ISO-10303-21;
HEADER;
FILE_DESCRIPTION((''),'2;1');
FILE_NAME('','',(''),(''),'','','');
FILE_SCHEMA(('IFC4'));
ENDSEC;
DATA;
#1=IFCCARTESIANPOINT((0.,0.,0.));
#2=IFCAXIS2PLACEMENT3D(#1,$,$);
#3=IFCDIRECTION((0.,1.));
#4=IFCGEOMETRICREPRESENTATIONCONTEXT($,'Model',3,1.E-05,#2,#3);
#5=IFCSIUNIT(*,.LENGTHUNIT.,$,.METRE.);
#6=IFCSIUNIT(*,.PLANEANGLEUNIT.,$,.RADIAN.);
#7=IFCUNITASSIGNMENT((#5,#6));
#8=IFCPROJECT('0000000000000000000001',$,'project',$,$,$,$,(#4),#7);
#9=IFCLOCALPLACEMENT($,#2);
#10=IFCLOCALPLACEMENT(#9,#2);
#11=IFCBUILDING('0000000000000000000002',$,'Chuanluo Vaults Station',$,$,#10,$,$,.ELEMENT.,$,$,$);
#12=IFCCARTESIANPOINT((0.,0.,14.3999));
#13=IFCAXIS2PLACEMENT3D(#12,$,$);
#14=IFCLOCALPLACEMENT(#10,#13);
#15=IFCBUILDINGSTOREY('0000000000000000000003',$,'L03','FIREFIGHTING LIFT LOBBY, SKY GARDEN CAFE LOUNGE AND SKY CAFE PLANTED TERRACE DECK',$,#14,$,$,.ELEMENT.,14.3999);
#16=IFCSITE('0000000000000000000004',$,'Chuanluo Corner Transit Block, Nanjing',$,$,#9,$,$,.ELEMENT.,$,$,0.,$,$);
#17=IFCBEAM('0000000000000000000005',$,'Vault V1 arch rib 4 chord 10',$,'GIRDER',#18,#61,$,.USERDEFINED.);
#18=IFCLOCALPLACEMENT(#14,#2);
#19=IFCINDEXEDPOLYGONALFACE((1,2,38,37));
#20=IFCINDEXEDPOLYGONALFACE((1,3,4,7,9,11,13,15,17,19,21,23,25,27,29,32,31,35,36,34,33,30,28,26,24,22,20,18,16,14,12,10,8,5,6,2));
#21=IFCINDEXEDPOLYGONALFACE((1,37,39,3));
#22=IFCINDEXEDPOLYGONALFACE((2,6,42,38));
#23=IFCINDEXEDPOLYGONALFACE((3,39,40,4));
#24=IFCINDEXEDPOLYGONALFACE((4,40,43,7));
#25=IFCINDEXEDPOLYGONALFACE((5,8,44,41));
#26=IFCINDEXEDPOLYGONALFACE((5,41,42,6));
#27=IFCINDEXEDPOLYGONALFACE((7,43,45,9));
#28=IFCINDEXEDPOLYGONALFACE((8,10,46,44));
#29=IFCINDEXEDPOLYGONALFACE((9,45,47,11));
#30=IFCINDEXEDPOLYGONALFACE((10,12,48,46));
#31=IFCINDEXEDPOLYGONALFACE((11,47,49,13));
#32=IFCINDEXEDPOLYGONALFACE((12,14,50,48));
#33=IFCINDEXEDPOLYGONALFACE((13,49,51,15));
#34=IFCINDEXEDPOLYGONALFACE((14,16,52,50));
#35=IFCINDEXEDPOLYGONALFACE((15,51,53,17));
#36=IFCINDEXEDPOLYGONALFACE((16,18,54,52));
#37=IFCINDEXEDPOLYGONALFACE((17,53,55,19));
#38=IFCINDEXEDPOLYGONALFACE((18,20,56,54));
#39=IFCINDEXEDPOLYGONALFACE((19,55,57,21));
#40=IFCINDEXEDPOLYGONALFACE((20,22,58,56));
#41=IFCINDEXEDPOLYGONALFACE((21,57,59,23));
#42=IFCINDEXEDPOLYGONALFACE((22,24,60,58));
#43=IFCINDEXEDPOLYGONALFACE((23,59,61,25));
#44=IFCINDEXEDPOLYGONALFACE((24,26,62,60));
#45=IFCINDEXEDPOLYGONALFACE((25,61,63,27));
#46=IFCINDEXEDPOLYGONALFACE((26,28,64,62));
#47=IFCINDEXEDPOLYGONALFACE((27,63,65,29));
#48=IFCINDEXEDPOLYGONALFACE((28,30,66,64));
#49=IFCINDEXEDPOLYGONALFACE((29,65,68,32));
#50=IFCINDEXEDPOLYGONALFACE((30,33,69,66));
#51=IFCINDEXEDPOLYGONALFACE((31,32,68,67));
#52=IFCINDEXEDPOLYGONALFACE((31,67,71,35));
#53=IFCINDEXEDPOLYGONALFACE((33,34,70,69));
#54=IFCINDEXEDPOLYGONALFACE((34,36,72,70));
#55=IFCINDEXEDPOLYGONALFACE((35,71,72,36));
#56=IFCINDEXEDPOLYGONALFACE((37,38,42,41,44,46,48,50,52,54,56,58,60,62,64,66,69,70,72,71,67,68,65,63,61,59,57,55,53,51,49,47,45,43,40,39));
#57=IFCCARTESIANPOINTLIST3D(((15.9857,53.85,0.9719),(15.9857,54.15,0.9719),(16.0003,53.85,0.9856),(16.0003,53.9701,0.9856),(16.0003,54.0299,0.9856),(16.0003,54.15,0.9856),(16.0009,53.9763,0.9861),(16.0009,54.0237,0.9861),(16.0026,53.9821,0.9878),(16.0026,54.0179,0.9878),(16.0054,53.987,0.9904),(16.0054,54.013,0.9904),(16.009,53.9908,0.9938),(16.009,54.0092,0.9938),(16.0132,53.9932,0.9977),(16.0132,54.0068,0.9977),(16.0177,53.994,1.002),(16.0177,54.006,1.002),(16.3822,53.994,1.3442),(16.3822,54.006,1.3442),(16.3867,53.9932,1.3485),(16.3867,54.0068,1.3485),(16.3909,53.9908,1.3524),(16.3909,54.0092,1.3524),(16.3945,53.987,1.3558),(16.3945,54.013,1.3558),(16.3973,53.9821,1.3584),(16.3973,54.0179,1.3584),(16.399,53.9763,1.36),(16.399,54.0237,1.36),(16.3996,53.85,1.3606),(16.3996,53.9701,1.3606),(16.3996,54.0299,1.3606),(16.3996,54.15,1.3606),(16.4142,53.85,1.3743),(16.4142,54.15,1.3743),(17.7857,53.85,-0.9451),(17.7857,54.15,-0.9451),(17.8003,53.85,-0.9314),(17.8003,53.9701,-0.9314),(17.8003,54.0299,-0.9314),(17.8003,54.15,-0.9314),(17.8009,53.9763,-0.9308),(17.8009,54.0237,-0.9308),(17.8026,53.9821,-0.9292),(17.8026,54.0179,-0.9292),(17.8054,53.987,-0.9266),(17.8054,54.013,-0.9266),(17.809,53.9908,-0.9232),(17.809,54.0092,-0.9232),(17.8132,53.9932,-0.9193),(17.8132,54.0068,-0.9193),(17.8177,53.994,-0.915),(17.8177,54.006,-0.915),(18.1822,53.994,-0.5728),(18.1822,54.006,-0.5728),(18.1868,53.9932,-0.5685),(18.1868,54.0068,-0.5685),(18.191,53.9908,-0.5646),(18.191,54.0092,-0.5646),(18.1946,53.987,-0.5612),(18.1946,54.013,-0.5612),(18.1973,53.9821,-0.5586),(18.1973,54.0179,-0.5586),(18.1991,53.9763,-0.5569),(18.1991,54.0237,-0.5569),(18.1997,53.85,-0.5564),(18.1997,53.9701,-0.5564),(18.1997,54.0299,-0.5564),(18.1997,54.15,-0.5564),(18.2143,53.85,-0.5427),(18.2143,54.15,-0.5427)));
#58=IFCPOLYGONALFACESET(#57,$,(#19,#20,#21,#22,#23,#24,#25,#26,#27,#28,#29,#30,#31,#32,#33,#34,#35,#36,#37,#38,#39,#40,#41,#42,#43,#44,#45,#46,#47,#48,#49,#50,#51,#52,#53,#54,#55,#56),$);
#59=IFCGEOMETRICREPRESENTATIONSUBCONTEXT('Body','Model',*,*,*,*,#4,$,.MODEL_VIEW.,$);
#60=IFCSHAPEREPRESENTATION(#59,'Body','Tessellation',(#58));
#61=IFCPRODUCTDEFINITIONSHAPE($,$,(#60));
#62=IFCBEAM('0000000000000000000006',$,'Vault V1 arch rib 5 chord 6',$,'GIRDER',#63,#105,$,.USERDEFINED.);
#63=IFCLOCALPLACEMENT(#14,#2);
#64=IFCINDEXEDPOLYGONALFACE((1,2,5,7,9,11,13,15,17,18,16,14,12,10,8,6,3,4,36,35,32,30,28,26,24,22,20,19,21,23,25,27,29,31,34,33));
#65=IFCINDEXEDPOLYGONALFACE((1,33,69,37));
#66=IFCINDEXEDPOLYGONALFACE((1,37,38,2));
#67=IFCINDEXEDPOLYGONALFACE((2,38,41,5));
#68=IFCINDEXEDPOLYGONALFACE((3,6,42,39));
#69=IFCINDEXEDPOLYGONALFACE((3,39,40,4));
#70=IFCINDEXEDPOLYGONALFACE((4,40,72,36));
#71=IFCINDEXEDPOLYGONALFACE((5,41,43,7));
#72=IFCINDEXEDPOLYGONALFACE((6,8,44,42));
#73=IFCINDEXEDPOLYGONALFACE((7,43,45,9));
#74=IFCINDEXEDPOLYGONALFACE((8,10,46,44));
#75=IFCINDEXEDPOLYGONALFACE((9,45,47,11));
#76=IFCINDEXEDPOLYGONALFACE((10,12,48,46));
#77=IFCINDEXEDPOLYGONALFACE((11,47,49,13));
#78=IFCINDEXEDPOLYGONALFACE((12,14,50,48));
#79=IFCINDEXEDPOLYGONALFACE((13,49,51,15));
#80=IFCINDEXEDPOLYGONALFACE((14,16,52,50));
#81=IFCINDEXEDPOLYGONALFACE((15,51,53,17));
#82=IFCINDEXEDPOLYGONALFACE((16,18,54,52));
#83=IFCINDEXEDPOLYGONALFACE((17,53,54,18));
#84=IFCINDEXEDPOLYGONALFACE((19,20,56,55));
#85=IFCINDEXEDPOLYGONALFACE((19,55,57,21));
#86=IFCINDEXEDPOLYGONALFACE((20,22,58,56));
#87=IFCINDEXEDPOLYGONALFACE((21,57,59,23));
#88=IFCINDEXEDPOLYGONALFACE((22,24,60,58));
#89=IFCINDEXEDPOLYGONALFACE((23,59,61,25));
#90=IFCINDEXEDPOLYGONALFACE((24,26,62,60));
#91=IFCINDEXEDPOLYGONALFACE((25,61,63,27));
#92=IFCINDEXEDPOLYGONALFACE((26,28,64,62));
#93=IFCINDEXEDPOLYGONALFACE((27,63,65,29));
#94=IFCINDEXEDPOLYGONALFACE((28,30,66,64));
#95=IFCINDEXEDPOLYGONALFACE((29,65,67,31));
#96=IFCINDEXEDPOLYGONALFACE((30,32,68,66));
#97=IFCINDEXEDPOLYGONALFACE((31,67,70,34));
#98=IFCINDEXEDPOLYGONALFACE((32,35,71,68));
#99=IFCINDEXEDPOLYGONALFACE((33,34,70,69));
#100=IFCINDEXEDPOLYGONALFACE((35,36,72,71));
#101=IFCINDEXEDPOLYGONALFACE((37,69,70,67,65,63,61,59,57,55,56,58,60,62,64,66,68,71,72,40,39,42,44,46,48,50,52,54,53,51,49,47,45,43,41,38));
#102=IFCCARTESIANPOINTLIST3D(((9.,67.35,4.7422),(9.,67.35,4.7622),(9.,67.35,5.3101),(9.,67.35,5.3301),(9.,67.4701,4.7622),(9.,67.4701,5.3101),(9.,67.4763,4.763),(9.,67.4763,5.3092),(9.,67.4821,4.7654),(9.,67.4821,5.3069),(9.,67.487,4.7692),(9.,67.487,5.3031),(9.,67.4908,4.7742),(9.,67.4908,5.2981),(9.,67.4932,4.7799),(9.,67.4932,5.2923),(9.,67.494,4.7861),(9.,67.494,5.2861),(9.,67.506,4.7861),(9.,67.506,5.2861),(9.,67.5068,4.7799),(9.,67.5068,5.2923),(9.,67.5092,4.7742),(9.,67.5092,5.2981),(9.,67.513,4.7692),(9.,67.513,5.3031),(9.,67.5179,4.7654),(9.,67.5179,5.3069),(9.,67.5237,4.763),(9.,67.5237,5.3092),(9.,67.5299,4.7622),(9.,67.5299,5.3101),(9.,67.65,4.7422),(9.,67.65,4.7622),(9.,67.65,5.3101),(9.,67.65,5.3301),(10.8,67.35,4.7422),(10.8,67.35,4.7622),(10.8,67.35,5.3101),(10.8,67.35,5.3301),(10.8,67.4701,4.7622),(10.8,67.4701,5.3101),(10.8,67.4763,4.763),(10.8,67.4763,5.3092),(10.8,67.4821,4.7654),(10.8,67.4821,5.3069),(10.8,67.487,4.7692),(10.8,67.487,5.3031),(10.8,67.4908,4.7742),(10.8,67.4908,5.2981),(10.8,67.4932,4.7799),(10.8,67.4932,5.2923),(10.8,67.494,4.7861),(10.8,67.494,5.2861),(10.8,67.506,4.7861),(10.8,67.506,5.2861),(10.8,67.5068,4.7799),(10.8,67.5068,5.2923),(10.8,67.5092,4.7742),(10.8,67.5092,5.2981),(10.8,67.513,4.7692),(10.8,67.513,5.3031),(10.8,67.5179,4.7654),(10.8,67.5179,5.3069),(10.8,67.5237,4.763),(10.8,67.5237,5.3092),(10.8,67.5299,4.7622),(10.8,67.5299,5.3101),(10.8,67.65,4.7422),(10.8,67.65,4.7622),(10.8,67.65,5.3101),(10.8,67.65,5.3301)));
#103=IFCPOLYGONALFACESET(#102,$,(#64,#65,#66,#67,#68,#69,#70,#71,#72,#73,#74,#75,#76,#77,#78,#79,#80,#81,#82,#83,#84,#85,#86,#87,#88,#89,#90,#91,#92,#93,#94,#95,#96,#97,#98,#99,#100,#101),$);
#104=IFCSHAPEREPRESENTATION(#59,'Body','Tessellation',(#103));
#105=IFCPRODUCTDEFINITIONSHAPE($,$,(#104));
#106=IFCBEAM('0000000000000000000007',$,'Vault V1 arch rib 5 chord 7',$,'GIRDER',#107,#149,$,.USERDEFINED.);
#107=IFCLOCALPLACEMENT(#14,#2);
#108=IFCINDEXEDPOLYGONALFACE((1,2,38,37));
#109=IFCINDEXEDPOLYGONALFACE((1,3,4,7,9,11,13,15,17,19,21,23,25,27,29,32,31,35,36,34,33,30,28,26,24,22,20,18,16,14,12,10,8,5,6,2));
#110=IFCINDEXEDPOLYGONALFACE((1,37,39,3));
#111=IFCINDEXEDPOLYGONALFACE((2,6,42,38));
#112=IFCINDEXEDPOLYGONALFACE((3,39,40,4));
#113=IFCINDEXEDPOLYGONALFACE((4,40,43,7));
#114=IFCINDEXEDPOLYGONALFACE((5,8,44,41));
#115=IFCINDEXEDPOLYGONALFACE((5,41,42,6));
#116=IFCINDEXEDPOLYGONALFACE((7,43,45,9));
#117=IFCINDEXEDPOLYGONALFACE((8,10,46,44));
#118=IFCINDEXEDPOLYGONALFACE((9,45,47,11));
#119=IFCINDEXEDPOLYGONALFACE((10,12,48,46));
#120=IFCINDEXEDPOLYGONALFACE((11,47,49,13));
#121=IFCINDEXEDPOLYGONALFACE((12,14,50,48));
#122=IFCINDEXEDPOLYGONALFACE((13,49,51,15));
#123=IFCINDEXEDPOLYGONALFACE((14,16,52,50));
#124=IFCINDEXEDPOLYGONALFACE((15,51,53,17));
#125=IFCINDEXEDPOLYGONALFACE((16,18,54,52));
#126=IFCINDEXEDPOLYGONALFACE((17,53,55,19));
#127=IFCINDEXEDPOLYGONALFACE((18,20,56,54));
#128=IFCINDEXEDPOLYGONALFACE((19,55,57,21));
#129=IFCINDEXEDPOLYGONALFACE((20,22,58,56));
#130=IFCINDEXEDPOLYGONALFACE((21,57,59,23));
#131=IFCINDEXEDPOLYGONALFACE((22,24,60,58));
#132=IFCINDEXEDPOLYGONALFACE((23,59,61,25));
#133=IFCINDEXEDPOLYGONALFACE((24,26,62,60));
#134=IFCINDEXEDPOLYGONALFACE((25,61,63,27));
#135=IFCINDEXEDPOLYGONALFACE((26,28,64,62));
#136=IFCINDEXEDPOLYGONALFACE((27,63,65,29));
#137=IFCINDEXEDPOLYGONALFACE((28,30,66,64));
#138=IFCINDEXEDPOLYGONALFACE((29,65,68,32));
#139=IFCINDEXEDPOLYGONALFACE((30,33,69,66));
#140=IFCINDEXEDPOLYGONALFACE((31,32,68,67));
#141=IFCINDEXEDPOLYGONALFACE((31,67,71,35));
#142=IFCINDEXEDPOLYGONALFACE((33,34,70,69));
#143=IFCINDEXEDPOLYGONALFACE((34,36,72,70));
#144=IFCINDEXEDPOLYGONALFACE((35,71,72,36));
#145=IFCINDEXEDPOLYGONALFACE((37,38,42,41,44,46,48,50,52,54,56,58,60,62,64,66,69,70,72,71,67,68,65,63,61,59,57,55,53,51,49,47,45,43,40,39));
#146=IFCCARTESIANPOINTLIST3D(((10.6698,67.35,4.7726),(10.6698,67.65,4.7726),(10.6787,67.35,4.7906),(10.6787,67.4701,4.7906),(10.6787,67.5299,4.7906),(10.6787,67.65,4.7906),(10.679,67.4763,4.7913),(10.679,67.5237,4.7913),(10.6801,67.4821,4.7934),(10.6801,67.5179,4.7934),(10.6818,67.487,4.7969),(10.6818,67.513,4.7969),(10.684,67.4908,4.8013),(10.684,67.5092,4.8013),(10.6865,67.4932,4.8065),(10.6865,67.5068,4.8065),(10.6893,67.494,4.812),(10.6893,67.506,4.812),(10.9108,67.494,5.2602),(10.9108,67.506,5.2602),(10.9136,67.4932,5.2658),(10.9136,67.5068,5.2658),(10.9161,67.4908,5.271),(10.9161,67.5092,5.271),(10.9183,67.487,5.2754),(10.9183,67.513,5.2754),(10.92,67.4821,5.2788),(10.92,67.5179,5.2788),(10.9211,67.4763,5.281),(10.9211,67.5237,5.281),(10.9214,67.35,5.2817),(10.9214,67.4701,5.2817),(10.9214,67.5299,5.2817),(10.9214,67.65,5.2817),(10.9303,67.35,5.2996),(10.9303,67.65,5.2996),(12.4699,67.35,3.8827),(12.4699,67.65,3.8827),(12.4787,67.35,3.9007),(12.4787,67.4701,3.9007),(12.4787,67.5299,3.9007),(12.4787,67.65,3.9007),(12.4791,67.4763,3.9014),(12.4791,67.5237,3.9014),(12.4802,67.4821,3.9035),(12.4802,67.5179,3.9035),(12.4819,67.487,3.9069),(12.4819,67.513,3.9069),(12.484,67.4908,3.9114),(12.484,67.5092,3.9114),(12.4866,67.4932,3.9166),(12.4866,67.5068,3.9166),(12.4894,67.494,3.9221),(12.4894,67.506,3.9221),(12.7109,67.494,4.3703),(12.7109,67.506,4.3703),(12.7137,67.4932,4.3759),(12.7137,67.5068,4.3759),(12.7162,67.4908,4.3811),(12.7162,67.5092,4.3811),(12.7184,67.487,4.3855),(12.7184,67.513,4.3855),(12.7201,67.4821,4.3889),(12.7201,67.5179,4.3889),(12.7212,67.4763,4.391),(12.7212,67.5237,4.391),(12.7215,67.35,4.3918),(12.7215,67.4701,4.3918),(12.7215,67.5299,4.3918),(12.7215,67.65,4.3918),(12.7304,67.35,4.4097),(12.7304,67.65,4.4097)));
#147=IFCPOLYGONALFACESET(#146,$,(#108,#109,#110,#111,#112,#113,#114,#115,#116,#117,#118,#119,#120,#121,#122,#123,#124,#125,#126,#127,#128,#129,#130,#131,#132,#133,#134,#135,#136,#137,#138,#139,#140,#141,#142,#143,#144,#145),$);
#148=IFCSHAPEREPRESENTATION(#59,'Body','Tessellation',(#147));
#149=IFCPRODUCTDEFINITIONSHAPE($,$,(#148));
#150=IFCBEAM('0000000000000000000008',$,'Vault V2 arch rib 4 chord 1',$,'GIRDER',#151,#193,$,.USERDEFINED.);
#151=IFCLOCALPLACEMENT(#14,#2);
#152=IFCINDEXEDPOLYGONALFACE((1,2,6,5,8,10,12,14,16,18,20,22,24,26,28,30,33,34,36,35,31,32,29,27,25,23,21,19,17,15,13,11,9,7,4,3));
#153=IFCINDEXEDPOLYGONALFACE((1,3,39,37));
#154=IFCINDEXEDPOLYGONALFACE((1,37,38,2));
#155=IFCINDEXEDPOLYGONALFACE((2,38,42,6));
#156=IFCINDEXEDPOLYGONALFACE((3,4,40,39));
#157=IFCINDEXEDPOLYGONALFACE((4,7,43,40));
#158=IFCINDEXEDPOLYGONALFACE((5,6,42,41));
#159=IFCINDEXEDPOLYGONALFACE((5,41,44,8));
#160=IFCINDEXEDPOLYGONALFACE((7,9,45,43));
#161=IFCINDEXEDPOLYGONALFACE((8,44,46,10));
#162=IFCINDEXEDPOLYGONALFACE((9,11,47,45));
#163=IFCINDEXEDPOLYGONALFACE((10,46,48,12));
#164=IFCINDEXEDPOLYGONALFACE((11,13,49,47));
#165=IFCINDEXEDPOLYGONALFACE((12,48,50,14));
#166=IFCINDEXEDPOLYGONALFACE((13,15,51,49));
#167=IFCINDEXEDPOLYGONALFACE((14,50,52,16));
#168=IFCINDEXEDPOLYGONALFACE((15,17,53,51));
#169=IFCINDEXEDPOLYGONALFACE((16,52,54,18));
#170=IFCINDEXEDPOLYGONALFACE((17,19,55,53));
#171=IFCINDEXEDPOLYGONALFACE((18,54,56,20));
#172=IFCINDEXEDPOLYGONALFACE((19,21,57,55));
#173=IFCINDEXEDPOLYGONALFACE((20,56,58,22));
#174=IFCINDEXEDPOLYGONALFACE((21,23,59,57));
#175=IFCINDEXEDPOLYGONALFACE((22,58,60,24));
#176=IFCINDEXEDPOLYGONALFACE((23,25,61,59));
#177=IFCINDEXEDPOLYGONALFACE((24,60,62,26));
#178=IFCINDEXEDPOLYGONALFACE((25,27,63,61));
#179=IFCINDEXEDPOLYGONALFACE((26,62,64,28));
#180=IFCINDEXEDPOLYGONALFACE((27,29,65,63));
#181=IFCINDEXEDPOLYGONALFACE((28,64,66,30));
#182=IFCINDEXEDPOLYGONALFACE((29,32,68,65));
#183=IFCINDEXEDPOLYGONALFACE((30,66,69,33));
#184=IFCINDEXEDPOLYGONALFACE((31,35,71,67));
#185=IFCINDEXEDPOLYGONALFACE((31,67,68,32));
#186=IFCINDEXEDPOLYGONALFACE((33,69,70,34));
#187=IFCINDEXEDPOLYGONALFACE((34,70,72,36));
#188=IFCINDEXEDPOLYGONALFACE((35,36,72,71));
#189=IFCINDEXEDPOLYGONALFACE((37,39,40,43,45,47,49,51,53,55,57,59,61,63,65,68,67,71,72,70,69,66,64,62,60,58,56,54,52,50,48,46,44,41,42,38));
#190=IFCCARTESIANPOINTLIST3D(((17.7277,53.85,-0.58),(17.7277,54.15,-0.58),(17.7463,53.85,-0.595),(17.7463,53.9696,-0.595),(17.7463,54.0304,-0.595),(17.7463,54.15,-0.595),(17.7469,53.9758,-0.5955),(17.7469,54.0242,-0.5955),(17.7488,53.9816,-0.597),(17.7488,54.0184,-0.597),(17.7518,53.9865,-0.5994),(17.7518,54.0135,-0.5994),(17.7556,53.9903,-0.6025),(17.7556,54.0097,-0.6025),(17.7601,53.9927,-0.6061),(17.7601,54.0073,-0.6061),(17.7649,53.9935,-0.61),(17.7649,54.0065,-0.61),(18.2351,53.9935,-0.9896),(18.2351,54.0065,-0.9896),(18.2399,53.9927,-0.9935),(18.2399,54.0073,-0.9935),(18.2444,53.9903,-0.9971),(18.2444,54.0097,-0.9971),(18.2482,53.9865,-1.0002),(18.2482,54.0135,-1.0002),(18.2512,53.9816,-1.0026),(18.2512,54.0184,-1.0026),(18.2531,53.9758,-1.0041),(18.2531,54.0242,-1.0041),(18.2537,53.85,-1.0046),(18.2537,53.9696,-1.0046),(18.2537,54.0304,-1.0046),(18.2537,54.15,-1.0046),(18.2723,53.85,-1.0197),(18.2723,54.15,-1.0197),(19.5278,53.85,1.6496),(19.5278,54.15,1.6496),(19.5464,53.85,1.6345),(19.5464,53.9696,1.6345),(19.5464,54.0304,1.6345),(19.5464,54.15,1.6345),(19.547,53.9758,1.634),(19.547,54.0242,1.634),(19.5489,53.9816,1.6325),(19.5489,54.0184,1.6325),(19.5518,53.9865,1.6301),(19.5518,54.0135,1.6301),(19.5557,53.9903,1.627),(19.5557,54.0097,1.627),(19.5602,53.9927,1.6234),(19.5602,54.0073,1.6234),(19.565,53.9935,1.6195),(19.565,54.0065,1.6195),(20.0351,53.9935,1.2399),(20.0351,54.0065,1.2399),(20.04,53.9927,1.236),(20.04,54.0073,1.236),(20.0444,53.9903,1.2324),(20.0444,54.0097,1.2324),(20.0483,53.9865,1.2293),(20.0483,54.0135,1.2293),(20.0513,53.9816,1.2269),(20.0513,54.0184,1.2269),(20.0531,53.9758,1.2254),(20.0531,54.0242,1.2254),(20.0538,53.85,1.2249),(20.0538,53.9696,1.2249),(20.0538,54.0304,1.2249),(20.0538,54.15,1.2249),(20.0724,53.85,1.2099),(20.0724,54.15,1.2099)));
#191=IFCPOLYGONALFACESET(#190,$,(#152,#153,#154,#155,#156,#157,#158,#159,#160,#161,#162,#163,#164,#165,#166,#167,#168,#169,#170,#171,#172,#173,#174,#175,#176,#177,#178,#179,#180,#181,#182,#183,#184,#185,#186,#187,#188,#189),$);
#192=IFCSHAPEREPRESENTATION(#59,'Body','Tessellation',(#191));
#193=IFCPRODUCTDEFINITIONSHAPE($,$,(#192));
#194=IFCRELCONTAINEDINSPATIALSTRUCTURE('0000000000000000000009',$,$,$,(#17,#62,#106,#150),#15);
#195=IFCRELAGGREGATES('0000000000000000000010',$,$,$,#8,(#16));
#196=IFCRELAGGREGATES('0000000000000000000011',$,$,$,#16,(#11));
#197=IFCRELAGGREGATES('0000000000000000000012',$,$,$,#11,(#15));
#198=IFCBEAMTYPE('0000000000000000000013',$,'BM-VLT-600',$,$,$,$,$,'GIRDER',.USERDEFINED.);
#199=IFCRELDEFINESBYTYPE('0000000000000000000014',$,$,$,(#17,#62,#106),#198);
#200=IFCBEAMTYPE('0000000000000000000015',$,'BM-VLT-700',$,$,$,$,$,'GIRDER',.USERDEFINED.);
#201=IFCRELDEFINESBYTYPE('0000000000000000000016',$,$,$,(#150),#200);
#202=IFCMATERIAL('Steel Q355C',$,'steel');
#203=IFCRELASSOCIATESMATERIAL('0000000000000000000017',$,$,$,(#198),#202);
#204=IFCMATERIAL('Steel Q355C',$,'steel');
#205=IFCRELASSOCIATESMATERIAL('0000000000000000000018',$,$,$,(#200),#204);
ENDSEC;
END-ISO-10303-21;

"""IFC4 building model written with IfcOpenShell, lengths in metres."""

from ifc_helpers import new_model, si_unit, direction, frame, origin, origin_2d, place, context, subcontext, project, spatial, i_section, extrude, material, material_profile, profile_set, type_object, element, save


model = new_model("IFC4")

# Units and contexts
model_context = context("Model", 3, precision=1e-05, world=origin(), true_north=direction((0.0, 1.0)))
body_context = subcontext(model_context, "Body", "Model", "MODEL_VIEW")
ifc_project = project(units=[si_unit("LENGTHUNIT", "METRE"), si_unit("PLANEANGLEUNIT", "RADIAN")], contexts=[model_context])

# Site, building, storey
site_placement = place(None, origin())
site = spatial("IfcSite", under=ifc_project, at=site_placement, Name="Chuanluo Corner Transit Block, Nanjing", CompositionType="ELEMENT", RefElevation=0.0)
building_placement = place(site_placement, origin())
building = spatial("IfcBuilding", under=site, at=building_placement, Name="Chuanluo Vaults Station", CompositionType="ELEMENT")
storey_placement = place(building_placement, frame((0.0, 0.0, 14.3999)))
storey = spatial("IfcBuildingStorey", under=building, at=storey_placement, Name="L03", Description="FIREFIGHTING LIFT LOBBY, SKY GARDEN CAFE LOUNGE AND SKY CAFE PLANTED TERRACE DECK", CompositionType="ELEMENT", Elevation=14.3999)

# Beams
ifc_material_1 = material(Name="Steel Q355C", Category="steel")
ifc_material_profile_1 = material_profile(ifc_material_1, i_section(OverallWidth=0.3, OverallDepth=0.5879, WebThickness=0.012, FlangeThickness=0.02, FilletRadius=0.0239, at=origin_2d()))
ifc_profile_set_1 = profile_set([ifc_material_profile_1], Name="Steel Q355C")
beam_type_1 = type_object("IfcBeamType", Name="BM-VLT-600", ElementType="GIRDER", PredefinedType="USERDEFINED", material=ifc_profile_set_1)
beam_1_placement = place(storey_placement, frame((16.2, 54.0, 1.1731), z_axis=(0.684522, 0.0, -0.728993), x_axis=(0.0, 1.0, 0.0)))
element("IfcBeam", 1, at=beam_1_placement, inside=storey, type_object=beam_type_1, Name="Vault V1 arch rib 4 chord 10", ObjectType="GIRDER", PredefinedType="USERDEFINED", context=body_context, shape_type="SweptSolid", body=[
    extrude(i_section(OverallWidth=0.3, OverallDepth=0.5879, WebThickness=0.012, FlangeThickness=0.02, FilletRadius=0.0239, at=origin_2d()), origin(), (0.0, 0.0, 1.0), 2.6296),
])
beam_2_placement = place(storey_placement, frame((9.0, 67.5, 5.0361), z_axis=(1.0, 0.0, 0.0), x_axis=(0.0, 1.0, 0.0)))
element("IfcBeam", 2, at=beam_2_placement, inside=storey, type_object=beam_type_1, Name="Vault V1 arch rib 5 chord 6", ObjectType="GIRDER", PredefinedType="USERDEFINED", context=body_context, shape_type="SweptSolid", body=[
    extrude(i_section(OverallWidth=0.3, OverallDepth=0.5879, WebThickness=0.012, FlangeThickness=0.02, FilletRadius=0.0239, at=origin_2d()), origin(), (0.0, 0.0, 1.0), 1.8),
])
beam_3_placement = place(storey_placement, frame((10.8, 67.5, 5.0361), z_axis=(0.896436, 0.0, -0.443172), x_axis=(0.0, 1.0, 0.0)))
element("IfcBeam", 3, at=beam_3_placement, inside=storey, type_object=beam_type_1, Name="Vault V1 arch rib 5 chord 7", ObjectType="GIRDER", PredefinedType="USERDEFINED", context=body_context, shape_type="SweptSolid", body=[
    extrude(i_section(OverallWidth=0.3, OverallDepth=0.5879, WebThickness=0.012, FlangeThickness=0.02, FilletRadius=0.0239, at=origin_2d()), origin(), (0.0, 0.0, 1.0), 2.0081),
])
ifc_material_2 = material(Name="Steel Q355C", Category="steel")
ifc_material_profile_2 = material_profile(ifc_material_2, i_section(OverallWidth=0.3, OverallDepth=0.7, WebThickness=0.0129, FlangeThickness=0.0239, FilletRadius=0.0239, at=origin_2d()))
ifc_profile_set_2 = profile_set([ifc_material_profile_2], Name="Steel Q355C")
beam_type_2 = type_object("IfcBeamType", Name="BM-VLT-700", ElementType="GIRDER", PredefinedType="USERDEFINED", material=ifc_profile_set_2)
beam_4_placement = place(storey_placement, frame((18.0, 54.0, -0.7998), z_axis=(0.62819, 0.0, 0.77806), x_axis=(0.0, 1.0, 0.0)))
element("IfcBeam", 4, at=beam_4_placement, inside=storey, type_object=beam_type_2, Name="Vault V2 arch rib 4 chord 1", ObjectType="GIRDER", PredefinedType="USERDEFINED", context=body_context, shape_type="SweptSolid", body=[
    extrude(i_section(OverallWidth=0.3, OverallDepth=0.7, WebThickness=0.0129, FlangeThickness=0.0239, FilletRadius=0.0239, at=origin_2d()), origin(), (0.0, 0.0, 1.0), 2.8655),
])

save(model, "model.ifc")
